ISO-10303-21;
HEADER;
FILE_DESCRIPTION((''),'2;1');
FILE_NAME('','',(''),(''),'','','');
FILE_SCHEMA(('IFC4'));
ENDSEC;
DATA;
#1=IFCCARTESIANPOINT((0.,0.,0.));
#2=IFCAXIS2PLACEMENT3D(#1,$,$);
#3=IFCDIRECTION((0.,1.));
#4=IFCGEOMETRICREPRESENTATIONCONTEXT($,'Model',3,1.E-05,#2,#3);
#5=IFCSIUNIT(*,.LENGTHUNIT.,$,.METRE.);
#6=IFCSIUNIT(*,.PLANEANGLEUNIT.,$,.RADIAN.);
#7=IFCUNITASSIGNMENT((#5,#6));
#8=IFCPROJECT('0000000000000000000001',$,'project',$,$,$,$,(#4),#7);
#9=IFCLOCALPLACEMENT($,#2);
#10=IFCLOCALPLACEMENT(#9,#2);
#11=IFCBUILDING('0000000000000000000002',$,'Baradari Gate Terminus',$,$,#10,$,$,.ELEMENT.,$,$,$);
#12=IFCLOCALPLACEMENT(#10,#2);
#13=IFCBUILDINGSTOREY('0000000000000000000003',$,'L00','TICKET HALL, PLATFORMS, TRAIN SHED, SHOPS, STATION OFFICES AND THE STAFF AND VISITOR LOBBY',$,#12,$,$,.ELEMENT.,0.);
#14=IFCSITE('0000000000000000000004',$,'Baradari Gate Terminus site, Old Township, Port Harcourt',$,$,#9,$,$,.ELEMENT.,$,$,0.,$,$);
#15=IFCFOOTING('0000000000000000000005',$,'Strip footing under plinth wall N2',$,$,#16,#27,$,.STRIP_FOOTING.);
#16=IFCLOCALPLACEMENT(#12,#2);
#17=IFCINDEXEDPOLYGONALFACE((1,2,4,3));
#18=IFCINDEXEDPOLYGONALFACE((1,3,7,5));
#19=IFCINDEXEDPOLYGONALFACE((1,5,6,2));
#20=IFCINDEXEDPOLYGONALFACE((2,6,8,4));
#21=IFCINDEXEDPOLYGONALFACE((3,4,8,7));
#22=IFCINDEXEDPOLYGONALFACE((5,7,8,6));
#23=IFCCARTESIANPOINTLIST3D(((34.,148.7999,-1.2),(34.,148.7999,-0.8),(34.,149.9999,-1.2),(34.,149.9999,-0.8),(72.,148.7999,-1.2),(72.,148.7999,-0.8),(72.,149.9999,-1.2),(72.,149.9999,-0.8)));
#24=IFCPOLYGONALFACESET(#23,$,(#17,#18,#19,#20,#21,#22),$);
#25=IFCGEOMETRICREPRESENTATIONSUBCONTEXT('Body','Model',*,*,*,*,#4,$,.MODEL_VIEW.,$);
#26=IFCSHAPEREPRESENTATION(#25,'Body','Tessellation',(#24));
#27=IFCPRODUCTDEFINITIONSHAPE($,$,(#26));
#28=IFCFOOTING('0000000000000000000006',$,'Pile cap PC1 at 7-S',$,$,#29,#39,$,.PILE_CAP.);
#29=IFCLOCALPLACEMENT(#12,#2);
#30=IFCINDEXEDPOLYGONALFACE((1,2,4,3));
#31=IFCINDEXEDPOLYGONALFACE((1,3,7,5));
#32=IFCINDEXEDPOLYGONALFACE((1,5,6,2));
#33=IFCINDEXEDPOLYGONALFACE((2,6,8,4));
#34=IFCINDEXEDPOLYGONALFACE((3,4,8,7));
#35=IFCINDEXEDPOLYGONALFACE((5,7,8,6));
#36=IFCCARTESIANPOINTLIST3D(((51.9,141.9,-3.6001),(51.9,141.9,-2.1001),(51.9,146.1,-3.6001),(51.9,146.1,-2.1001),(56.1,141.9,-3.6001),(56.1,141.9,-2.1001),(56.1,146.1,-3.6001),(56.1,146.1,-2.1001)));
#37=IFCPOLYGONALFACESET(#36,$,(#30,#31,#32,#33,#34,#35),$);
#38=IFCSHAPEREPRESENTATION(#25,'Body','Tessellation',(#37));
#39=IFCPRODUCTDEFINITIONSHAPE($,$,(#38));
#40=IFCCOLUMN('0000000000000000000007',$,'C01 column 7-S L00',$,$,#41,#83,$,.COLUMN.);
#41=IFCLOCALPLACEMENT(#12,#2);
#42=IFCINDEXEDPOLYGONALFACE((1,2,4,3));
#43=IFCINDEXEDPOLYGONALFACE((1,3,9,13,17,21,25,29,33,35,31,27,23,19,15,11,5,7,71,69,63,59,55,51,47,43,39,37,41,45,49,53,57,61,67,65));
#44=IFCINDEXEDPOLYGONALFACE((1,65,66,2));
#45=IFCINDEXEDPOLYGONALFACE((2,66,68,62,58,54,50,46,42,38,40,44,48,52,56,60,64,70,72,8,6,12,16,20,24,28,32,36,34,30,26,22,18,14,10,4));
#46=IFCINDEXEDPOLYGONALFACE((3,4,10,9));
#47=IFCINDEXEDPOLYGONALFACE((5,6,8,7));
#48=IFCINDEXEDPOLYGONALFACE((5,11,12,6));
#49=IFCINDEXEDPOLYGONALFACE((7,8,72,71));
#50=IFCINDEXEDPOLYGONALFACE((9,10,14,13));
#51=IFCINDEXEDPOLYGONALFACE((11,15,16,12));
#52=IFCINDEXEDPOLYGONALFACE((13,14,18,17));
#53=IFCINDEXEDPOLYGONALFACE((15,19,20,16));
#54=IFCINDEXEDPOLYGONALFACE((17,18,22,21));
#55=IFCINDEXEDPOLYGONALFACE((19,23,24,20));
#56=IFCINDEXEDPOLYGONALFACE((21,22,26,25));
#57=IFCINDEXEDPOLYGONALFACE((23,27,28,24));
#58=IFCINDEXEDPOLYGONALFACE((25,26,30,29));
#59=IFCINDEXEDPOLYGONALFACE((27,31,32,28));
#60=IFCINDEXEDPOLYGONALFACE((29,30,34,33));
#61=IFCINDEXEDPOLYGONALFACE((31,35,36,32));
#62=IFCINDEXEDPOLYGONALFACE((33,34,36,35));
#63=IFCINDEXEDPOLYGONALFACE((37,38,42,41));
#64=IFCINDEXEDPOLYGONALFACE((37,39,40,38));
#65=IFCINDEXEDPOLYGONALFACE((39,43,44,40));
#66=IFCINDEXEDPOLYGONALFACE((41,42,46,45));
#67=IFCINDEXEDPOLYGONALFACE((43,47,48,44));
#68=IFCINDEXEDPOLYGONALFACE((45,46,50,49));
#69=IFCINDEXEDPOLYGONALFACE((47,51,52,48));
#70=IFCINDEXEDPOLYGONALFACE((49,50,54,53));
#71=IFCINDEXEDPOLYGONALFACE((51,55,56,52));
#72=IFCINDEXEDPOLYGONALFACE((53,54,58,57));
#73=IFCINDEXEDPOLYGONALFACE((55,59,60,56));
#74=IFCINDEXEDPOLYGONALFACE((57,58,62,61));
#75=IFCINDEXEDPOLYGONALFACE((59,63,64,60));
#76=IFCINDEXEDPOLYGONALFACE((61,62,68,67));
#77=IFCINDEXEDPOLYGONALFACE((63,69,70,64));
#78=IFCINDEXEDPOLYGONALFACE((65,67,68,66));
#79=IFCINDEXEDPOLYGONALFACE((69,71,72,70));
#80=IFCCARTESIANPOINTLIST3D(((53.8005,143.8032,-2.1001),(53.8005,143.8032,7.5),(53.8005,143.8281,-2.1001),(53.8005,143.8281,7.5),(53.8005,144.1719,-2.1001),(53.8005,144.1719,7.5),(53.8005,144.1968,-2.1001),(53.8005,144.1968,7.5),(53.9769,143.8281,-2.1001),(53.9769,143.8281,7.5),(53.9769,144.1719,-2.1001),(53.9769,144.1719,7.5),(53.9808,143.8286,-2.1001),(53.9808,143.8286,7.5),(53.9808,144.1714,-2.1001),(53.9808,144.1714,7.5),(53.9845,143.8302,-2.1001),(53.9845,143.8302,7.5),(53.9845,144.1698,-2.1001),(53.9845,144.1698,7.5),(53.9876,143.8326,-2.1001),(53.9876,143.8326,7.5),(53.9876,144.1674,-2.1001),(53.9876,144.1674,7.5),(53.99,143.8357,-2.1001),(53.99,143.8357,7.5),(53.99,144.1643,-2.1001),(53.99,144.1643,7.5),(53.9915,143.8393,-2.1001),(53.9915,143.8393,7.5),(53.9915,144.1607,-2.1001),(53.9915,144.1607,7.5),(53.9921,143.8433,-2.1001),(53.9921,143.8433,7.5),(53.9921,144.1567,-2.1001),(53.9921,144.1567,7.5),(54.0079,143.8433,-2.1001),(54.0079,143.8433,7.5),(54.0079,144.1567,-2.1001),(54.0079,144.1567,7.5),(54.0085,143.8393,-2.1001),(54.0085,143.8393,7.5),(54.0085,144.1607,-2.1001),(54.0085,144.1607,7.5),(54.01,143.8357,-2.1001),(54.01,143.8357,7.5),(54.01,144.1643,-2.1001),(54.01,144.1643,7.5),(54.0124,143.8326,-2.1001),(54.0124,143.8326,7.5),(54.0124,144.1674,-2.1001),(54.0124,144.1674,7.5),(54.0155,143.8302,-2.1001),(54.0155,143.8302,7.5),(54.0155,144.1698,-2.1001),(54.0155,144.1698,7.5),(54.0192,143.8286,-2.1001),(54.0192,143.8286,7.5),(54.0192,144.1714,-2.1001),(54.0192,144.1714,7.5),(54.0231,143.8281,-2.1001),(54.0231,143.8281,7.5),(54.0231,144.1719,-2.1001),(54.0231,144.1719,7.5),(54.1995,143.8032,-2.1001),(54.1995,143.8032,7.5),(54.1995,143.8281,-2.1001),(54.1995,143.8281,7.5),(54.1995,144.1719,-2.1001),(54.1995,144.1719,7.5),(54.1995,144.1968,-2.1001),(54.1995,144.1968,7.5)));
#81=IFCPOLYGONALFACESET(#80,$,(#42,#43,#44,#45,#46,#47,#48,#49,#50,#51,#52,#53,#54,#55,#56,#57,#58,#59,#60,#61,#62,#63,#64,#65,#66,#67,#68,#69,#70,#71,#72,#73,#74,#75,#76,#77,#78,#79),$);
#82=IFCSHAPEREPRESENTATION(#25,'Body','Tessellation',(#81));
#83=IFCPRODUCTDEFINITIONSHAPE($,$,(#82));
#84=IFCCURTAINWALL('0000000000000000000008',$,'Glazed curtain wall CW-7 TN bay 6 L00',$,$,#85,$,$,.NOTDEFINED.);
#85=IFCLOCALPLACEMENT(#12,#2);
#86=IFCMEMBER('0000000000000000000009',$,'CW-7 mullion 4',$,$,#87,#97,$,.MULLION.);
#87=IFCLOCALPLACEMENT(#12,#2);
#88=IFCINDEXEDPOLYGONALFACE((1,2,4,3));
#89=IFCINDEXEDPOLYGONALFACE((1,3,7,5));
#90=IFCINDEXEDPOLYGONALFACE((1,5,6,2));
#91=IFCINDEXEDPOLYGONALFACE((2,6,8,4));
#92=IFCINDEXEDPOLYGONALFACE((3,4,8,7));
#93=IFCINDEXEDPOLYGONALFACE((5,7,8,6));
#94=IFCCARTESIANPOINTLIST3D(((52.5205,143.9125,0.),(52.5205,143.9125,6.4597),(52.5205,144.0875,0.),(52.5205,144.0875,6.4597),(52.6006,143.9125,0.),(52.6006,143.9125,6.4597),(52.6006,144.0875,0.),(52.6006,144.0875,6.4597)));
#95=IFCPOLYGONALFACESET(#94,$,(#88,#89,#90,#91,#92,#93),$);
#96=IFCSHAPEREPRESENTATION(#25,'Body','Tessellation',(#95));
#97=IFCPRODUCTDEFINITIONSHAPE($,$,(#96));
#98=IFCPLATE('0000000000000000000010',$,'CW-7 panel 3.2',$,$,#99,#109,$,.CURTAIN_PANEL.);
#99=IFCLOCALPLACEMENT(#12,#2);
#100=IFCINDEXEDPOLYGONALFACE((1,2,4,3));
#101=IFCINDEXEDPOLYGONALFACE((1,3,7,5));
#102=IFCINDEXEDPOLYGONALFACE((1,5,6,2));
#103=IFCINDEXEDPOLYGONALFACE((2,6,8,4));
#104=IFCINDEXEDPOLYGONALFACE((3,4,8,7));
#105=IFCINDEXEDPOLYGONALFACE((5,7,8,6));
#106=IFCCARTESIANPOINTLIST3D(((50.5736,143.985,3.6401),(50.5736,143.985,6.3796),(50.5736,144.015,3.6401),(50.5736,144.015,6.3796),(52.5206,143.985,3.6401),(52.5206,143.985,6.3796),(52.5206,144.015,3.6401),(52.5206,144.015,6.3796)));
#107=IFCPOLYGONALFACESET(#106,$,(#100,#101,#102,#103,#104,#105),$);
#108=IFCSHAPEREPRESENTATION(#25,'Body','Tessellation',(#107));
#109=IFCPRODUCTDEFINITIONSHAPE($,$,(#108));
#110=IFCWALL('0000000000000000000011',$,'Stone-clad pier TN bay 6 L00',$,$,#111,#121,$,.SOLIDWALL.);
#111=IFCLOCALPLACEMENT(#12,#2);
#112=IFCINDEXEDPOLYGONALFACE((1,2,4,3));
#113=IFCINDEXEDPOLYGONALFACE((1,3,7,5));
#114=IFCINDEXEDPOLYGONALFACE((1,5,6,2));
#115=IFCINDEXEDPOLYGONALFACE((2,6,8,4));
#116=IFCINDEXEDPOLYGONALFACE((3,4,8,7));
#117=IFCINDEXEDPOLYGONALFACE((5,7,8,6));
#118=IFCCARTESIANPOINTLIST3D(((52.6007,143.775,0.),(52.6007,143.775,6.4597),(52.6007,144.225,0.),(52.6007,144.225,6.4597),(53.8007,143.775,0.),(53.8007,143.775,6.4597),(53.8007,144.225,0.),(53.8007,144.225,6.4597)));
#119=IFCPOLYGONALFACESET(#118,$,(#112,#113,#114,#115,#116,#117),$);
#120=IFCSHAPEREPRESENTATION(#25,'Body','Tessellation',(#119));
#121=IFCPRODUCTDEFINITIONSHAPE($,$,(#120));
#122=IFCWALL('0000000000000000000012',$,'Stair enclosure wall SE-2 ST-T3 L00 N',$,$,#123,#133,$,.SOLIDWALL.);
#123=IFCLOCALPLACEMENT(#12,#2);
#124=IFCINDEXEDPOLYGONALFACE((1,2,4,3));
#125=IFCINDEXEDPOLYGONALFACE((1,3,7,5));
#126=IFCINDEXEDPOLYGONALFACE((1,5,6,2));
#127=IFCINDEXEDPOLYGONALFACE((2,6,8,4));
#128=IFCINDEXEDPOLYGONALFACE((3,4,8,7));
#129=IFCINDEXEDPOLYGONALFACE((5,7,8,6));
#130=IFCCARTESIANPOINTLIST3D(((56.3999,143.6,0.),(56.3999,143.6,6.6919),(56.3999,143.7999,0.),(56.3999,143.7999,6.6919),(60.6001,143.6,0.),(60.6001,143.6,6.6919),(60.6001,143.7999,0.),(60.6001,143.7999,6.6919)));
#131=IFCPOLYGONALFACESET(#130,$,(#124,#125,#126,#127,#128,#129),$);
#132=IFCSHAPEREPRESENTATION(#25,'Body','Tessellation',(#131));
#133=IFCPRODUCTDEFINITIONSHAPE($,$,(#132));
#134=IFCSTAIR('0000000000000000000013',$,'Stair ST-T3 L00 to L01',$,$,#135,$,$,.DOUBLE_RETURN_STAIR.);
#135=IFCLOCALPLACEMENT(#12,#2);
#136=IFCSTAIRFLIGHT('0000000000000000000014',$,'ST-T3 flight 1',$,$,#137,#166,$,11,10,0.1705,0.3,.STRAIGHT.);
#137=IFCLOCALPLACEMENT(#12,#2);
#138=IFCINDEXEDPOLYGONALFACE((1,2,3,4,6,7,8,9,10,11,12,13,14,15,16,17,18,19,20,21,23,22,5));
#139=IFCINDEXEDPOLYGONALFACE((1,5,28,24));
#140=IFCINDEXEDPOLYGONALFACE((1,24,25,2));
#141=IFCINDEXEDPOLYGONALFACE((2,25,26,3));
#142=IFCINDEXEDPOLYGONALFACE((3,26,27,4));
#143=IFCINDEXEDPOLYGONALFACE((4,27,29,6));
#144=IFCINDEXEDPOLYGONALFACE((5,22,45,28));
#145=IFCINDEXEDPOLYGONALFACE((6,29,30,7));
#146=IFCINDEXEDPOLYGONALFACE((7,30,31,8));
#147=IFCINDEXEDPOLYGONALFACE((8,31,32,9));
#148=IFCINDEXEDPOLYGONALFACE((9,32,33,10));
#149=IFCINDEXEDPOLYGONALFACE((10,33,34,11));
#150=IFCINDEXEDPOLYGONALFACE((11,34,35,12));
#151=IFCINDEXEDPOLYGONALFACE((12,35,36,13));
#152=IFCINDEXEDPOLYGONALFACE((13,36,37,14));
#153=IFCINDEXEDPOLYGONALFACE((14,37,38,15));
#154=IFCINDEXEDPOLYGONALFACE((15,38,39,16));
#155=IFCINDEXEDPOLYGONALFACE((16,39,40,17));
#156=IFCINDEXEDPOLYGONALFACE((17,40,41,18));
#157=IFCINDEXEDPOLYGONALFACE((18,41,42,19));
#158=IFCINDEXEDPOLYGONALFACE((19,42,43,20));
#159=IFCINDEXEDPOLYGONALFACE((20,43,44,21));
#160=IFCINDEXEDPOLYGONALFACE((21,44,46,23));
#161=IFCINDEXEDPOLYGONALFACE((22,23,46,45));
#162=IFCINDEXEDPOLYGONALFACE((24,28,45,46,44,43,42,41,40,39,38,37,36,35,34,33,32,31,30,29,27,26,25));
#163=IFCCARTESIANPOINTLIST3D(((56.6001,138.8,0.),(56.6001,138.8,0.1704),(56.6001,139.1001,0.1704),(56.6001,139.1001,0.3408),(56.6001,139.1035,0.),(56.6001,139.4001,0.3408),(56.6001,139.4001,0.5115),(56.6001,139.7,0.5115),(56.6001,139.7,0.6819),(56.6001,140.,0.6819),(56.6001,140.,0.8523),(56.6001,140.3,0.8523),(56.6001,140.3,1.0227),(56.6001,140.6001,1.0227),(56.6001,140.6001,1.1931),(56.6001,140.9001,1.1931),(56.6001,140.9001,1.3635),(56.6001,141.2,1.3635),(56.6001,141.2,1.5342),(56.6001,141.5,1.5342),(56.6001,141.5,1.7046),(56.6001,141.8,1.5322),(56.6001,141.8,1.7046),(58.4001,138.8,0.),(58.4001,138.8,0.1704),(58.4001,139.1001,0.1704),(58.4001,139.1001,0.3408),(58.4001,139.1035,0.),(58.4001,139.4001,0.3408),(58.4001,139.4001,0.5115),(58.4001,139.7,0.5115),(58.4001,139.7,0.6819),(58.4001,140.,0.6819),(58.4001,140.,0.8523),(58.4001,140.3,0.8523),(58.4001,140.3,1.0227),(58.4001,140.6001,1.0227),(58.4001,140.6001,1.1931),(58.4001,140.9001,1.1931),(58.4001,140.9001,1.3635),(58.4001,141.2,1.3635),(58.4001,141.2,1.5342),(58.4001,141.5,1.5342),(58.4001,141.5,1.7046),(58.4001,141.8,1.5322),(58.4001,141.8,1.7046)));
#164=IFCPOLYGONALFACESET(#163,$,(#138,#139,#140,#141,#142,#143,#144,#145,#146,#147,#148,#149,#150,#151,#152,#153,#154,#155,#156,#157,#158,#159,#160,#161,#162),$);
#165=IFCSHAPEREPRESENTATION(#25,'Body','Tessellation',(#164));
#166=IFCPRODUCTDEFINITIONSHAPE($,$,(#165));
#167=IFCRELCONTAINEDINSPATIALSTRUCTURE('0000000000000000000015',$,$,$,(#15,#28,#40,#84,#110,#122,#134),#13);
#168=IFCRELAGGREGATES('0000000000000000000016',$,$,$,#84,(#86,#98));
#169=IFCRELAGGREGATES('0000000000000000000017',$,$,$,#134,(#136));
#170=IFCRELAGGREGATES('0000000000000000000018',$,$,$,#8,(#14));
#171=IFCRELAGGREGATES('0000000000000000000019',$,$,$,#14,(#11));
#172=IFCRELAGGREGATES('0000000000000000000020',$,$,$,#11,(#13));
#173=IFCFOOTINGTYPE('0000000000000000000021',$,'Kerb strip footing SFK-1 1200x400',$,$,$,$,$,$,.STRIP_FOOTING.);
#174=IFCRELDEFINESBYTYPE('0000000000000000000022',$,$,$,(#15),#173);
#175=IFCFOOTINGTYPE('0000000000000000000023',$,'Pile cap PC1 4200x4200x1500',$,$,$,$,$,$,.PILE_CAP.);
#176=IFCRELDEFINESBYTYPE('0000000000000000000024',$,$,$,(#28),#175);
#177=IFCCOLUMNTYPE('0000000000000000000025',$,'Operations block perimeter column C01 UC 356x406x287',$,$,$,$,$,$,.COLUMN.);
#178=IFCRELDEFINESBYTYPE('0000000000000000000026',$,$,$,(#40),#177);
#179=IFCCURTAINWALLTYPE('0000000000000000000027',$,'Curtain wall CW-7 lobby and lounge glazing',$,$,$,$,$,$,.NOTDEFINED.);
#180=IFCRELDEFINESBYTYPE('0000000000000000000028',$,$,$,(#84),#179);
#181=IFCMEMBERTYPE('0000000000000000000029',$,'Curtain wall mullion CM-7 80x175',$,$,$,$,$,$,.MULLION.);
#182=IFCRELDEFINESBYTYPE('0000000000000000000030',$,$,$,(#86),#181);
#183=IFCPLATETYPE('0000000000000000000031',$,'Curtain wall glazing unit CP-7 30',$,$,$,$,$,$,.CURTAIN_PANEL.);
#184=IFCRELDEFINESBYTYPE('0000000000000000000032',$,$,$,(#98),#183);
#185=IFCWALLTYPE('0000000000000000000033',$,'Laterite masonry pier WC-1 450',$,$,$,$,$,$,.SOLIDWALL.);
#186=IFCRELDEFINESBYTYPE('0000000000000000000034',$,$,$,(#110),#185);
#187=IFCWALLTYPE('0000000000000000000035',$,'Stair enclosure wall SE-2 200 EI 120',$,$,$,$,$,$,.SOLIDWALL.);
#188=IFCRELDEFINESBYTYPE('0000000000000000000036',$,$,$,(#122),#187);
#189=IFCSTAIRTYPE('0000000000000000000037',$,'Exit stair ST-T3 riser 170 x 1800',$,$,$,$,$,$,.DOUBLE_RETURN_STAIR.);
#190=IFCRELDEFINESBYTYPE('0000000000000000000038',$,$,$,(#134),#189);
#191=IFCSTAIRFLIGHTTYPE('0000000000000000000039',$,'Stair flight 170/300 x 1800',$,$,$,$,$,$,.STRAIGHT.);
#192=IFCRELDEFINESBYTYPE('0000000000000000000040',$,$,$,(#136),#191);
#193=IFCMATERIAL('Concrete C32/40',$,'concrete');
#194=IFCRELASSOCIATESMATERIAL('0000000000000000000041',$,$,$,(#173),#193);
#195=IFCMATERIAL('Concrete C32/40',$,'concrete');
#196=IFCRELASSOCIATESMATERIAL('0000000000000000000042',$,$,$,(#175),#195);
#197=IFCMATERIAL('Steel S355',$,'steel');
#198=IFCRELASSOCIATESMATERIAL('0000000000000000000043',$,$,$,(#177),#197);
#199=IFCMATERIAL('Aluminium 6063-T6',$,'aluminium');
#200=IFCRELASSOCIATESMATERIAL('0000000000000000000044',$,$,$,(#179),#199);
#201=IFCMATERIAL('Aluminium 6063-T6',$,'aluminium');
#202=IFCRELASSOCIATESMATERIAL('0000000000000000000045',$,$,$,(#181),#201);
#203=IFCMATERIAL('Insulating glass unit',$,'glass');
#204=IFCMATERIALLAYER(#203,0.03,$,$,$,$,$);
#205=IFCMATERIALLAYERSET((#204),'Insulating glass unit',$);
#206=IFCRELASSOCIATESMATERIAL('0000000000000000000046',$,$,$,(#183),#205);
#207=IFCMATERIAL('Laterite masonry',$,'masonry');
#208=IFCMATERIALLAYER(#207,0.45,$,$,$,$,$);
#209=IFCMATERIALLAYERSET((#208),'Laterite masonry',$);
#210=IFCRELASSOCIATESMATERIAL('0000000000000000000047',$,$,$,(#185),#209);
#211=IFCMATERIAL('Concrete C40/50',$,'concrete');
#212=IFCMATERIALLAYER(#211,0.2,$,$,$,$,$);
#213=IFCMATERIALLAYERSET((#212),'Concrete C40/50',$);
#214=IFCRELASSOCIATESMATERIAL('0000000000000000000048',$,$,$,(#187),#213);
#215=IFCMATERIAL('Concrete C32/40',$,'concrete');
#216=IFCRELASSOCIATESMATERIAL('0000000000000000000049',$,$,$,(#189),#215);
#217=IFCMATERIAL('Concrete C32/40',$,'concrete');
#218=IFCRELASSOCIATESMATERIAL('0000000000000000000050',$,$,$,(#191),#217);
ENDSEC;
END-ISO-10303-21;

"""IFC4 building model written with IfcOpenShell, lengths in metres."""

from ifc_helpers import new_model, si_unit, direction, frame, frame_2d, origin, origin_2d, place, context, subcontext, project, spatial, polyline, rectangle, i_section, outline, extrude, material, layer, layer_set, material_profile, profile_set, type_object, element, aggregate, save


model = new_model("IFC4")

# Units and contexts
model_context = context("Model", 3, precision=1e-05, world=origin(), true_north=direction((0.0, 1.0)))
body_context = subcontext(model_context, "Body", "Model", "MODEL_VIEW")
ifc_project = project(units=[si_unit("LENGTHUNIT", "METRE"), si_unit("PLANEANGLEUNIT", "RADIAN")], contexts=[model_context])

# Site, building, storey
site_placement = place(None, origin())
site = spatial("IfcSite", under=ifc_project, at=site_placement, Name="Baradari Gate Terminus site, Old Township, Port Harcourt", CompositionType="ELEMENT", RefElevation=0.0)
building_placement = place(site_placement, origin())
building = spatial("IfcBuilding", under=site, at=building_placement, Name="Baradari Gate Terminus", CompositionType="ELEMENT")
storey_placement = place(building_placement, origin())
storey = spatial("IfcBuildingStorey", under=building, at=storey_placement, Name="L00", Description="TICKET HALL, PLATFORMS, TRAIN SHED, SHOPS, STATION OFFICES AND THE STAFF AND VISITOR LOBBY", CompositionType="ELEMENT", Elevation=0.0)

# Footings
ifc_material_1 = material(Name="Concrete C32/40", Category="concrete")
footing_type_1 = type_object("IfcFootingType", Name="Kerb strip footing SFK-1 1200x400", PredefinedType="STRIP_FOOTING", material=ifc_material_1)
footing_1_placement = place(storey_placement, frame((53.0, 149.3999, -1.2), z_axis=(0.0, 0.0, 1.0), x_axis=(1.0, 0.0, 0.0)))
element("IfcFooting", 1, at=footing_1_placement, inside=storey, type_object=footing_type_1, Name="Strip footing under plinth wall N2", PredefinedType="STRIP_FOOTING", context=body_context, shape_type="SweptSolid", body=[
    extrude(rectangle(XDim=38.0, YDim=1.2, at=origin_2d()), origin(), (0.0, 0.0, 1.0), 0.3999),
])
ifc_material_2 = material(Name="Concrete C32/40", Category="concrete")
footing_type_2 = type_object("IfcFootingType", Name="Pile cap PC1 4200x4200x1500", PredefinedType="PILE_CAP", material=ifc_material_2)
footing_2_placement = place(storey_placement, frame((54.0, 144.0, -3.6001), z_axis=(0.0, 0.0, 1.0), x_axis=(1.0, 0.0, 0.0)))
element("IfcFooting", 2, at=footing_2_placement, inside=storey, type_object=footing_type_2, Name="Pile cap PC1 at 7-S", PredefinedType="PILE_CAP", context=body_context, shape_type="SweptSolid", body=[
    extrude(rectangle(XDim=4.2, YDim=4.2, at=origin_2d()), origin(), (0.0, 0.0, 1.0), 1.5),
])

# Column
ifc_material_3 = material(Name="Steel S355", Category="steel")
ifc_material_profile_1 = material_profile(ifc_material_3, i_section(OverallWidth=0.3989, OverallDepth=0.3936, WebThickness=0.0159, FlangeThickness=0.0249, FilletRadius=0.0151, at=origin_2d()), Name="UC 356x406x287")
ifc_profile_set_1 = profile_set([ifc_material_profile_1], Name="Steel S355")
column_type = type_object("IfcColumnType", Name="Operations block perimeter column C01 UC 356x406x287", PredefinedType="COLUMN", material=ifc_profile_set_1)
column_placement = place(storey_placement, frame((54.0, 144.0, -2.1001), z_axis=(0.0, 0.0, 1.0), x_axis=(1.0, 0.0, 0.0)))
element("IfcColumn", 3, at=column_placement, inside=storey, type_object=column_type, Name="C01 column 7-S L00", PredefinedType="COLUMN", context=body_context, shape_type="SweptSolid", body=[
    extrude(i_section(OverallWidth=0.3989, OverallDepth=0.3936, WebThickness=0.0159, FlangeThickness=0.0249, FilletRadius=0.0151, at=origin_2d()), origin(), (0.0, 0.0, 1.0), 9.6001),
])

# Curtain wall, member, plate
ifc_material_4 = material(Name="Aluminium 6063-T6", Category="aluminium")
curtain_wall_type = type_object("IfcCurtainWallType", Name="Curtain wall CW-7 lobby and lounge glazing", PredefinedType="NOTDEFINED", material=ifc_material_4)
curtain_wall_placement = place(storey_placement, origin())
curtain_wall = element("IfcCurtainWall", 4, at=curtain_wall_placement, inside=storey, type_object=curtain_wall_type, Name="Glazed curtain wall CW-7 TN bay 6 L00", PredefinedType="NOTDEFINED")
ifc_material_5 = material(Name="Aluminium 6063-T6", Category="aluminium")
ifc_material_profile_2 = material_profile(ifc_material_5, rectangle(XDim=0.175, YDim=0.0801, at=origin_2d()), Name="CM-7 80X175")
ifc_profile_set_2 = profile_set([ifc_material_profile_2], Name="Aluminium 6063-T6")
member_type = type_object("IfcMemberType", Name="Curtain wall mullion CM-7 80x175", PredefinedType="MULLION", material=ifc_profile_set_2)
member_placement = place(storey_placement, frame((52.5605, 144.0, 0.0), z_axis=(0.0, 0.0, 1.0), x_axis=(0.0, 1.0, 0.0)))
member = element("IfcMember", 5, at=member_placement, type_object=member_type, Name="CW-7 mullion 4", PredefinedType="MULLION", context=body_context, shape_type="SweptSolid", body=[
    extrude(rectangle(XDim=0.175, YDim=0.0801, at=origin_2d()), origin(), (0.0, 0.0, 1.0), 6.4597),
])
ifc_material_6 = material(Name="Insulating glass unit", Category="glass")
ifc_layer_1 = layer(ifc_material_6, 0.03)
ifc_layer_set_1 = layer_set([ifc_layer_1], Name="Insulating glass unit")
plate_type = type_object("IfcPlateType", Name="Curtain wall glazing unit CP-7 30", PredefinedType="CURTAIN_PANEL", material=ifc_layer_set_1)
plate_placement = place(storey_placement, frame((51.5471, 144.0, 3.6401), z_axis=(0.0, 0.0, 1.0), x_axis=(1.0, 0.0, 0.0)))
plate = element("IfcPlate", 6, at=plate_placement, type_object=plate_type, Name="CW-7 panel 3.2", PredefinedType="CURTAIN_PANEL", context=body_context, shape_type="SweptSolid", body=[
    extrude(rectangle(XDim=1.947, YDim=0.03, at=origin_2d()), origin(), (0.0, 0.0, 1.0), 2.7395),
])
aggregate(curtain_wall, [member, plate])

# Wall
ifc_material_7 = material(Name="Laterite masonry", Category="masonry")
ifc_layer_2 = layer(ifc_material_7, 0.45)
ifc_layer_set_2 = layer_set([ifc_layer_2], Name="Laterite masonry")
wall_type_1 = type_object("IfcWallType", Name="Laterite masonry pier WC-1 450", PredefinedType="SOLIDWALL", material=ifc_layer_set_2)
wall_1_placement = place(storey_placement, frame((52.6006, 144.0, 0.0), z_axis=(0.0, 0.0, 1.0), x_axis=(1.0, 0.0, 0.0)))
element("IfcWall", 7, at=wall_1_placement, inside=storey, type_object=wall_type_1, Name="Stone-clad pier TN bay 6 L00", PredefinedType="SOLIDWALL", context=body_context, shape_type="SweptSolid", body=[
    extrude(rectangle(XDim=1.2, YDim=0.45, at=frame_2d((0.6001, 0.0))), origin(), (0.0, 0.0, 1.0), 6.4597),
])

# Wall
ifc_material_8 = material(Name="Concrete C40/50", Category="concrete")
ifc_layer_3 = layer(ifc_material_8, 0.2)
ifc_layer_set_3 = layer_set([ifc_layer_3], Name="Concrete C40/50")
wall_type_2 = type_object("IfcWallType", Name="Stair enclosure wall SE-2 200 EI 120", PredefinedType="SOLIDWALL", material=ifc_layer_set_3)
wall_2_placement = place(storey_placement, frame((56.3999, 143.7, 0.0), z_axis=(0.0, 0.0, 1.0), x_axis=(1.0, 0.0, 0.0)))
element("IfcWall", 8, at=wall_2_placement, inside=storey, type_object=wall_type_2, Name="Stair enclosure wall SE-2 ST-T3 L00 N", PredefinedType="SOLIDWALL", context=body_context, shape_type="SweptSolid", body=[
    extrude(rectangle(XDim=4.2002, YDim=0.2, at=frame_2d((2.1001, 0.0))), origin(), (0.0, 0.0, 1.0), 6.6919),
])

# Stair, stair flight
ifc_material_9 = material(Name="Concrete C32/40", Category="concrete")
stair_type = type_object("IfcStairType", Name="Exit stair ST-T3 riser 170 x 1800", PredefinedType="DOUBLE_RETURN_STAIR", material=ifc_material_9)
stair_placement = place(storey_placement, origin())
stair = element("IfcStair", 9, at=stair_placement, inside=storey, type_object=stair_type, Name="Stair ST-T3 L00 to L01", PredefinedType="DOUBLE_RETURN_STAIR")
ifc_material_10 = material(Name="Concrete C32/40", Category="concrete")
stair_flight_type = type_object("IfcStairFlightType", Name="Stair flight 170/300 x 1800", PredefinedType="STRAIGHT", material=ifc_material_10)
stair_flight_1_placement = place(storey_placement, frame((57.5, 138.8, 0.0), z_axis=(0.0, 0.0, 1.0), x_axis=(0.0, 1.0, 0.0)))
stair_flight_1 = element("IfcStairFlight", 10, at=stair_flight_1_placement, type_object=stair_flight_type, Name="ST-T3 flight 1", NumberOfRisers=11, NumberOfTreads=10, PredefinedType="STRAIGHT", RiserHeight=0.1705, TreadLength=0.3, context=body_context, shape_type="SweptSolid", body=[
    extrude(outline(polyline([(0.0, 0.0), (0.0, 0.1704), (0.3, 0.1704), (0.3, 0.3408), (0.6001, 0.3408), (0.6001, 0.5115), (0.8999, 0.5115), (0.8999, 0.6819), (1.2, 0.6819), (1.2, 0.8523), (1.5, 0.8523), (1.5, 1.0227), (1.8, 1.0227), (1.8, 1.1931), (2.1001, 1.1931), (2.1001, 1.3635), (2.3999, 1.3635), (2.3999, 1.5342), (2.7, 1.5342), (2.7, 1.7046), (3.0, 1.7046), (3.0, 1.875), (3.0, 1.5322), (0.3035, 0.0), (0.0, 0.0)])), frame((0.0, 0.8999, 0.0), z_axis=(0.0, -1.0, 0.0), x_axis=(1.0, 0.0, 0.0)), (0.0, 0.0, 1.0), 1.8),
])
aggregate(stair, [stair_flight_1])

save(model, "model.ifc")
